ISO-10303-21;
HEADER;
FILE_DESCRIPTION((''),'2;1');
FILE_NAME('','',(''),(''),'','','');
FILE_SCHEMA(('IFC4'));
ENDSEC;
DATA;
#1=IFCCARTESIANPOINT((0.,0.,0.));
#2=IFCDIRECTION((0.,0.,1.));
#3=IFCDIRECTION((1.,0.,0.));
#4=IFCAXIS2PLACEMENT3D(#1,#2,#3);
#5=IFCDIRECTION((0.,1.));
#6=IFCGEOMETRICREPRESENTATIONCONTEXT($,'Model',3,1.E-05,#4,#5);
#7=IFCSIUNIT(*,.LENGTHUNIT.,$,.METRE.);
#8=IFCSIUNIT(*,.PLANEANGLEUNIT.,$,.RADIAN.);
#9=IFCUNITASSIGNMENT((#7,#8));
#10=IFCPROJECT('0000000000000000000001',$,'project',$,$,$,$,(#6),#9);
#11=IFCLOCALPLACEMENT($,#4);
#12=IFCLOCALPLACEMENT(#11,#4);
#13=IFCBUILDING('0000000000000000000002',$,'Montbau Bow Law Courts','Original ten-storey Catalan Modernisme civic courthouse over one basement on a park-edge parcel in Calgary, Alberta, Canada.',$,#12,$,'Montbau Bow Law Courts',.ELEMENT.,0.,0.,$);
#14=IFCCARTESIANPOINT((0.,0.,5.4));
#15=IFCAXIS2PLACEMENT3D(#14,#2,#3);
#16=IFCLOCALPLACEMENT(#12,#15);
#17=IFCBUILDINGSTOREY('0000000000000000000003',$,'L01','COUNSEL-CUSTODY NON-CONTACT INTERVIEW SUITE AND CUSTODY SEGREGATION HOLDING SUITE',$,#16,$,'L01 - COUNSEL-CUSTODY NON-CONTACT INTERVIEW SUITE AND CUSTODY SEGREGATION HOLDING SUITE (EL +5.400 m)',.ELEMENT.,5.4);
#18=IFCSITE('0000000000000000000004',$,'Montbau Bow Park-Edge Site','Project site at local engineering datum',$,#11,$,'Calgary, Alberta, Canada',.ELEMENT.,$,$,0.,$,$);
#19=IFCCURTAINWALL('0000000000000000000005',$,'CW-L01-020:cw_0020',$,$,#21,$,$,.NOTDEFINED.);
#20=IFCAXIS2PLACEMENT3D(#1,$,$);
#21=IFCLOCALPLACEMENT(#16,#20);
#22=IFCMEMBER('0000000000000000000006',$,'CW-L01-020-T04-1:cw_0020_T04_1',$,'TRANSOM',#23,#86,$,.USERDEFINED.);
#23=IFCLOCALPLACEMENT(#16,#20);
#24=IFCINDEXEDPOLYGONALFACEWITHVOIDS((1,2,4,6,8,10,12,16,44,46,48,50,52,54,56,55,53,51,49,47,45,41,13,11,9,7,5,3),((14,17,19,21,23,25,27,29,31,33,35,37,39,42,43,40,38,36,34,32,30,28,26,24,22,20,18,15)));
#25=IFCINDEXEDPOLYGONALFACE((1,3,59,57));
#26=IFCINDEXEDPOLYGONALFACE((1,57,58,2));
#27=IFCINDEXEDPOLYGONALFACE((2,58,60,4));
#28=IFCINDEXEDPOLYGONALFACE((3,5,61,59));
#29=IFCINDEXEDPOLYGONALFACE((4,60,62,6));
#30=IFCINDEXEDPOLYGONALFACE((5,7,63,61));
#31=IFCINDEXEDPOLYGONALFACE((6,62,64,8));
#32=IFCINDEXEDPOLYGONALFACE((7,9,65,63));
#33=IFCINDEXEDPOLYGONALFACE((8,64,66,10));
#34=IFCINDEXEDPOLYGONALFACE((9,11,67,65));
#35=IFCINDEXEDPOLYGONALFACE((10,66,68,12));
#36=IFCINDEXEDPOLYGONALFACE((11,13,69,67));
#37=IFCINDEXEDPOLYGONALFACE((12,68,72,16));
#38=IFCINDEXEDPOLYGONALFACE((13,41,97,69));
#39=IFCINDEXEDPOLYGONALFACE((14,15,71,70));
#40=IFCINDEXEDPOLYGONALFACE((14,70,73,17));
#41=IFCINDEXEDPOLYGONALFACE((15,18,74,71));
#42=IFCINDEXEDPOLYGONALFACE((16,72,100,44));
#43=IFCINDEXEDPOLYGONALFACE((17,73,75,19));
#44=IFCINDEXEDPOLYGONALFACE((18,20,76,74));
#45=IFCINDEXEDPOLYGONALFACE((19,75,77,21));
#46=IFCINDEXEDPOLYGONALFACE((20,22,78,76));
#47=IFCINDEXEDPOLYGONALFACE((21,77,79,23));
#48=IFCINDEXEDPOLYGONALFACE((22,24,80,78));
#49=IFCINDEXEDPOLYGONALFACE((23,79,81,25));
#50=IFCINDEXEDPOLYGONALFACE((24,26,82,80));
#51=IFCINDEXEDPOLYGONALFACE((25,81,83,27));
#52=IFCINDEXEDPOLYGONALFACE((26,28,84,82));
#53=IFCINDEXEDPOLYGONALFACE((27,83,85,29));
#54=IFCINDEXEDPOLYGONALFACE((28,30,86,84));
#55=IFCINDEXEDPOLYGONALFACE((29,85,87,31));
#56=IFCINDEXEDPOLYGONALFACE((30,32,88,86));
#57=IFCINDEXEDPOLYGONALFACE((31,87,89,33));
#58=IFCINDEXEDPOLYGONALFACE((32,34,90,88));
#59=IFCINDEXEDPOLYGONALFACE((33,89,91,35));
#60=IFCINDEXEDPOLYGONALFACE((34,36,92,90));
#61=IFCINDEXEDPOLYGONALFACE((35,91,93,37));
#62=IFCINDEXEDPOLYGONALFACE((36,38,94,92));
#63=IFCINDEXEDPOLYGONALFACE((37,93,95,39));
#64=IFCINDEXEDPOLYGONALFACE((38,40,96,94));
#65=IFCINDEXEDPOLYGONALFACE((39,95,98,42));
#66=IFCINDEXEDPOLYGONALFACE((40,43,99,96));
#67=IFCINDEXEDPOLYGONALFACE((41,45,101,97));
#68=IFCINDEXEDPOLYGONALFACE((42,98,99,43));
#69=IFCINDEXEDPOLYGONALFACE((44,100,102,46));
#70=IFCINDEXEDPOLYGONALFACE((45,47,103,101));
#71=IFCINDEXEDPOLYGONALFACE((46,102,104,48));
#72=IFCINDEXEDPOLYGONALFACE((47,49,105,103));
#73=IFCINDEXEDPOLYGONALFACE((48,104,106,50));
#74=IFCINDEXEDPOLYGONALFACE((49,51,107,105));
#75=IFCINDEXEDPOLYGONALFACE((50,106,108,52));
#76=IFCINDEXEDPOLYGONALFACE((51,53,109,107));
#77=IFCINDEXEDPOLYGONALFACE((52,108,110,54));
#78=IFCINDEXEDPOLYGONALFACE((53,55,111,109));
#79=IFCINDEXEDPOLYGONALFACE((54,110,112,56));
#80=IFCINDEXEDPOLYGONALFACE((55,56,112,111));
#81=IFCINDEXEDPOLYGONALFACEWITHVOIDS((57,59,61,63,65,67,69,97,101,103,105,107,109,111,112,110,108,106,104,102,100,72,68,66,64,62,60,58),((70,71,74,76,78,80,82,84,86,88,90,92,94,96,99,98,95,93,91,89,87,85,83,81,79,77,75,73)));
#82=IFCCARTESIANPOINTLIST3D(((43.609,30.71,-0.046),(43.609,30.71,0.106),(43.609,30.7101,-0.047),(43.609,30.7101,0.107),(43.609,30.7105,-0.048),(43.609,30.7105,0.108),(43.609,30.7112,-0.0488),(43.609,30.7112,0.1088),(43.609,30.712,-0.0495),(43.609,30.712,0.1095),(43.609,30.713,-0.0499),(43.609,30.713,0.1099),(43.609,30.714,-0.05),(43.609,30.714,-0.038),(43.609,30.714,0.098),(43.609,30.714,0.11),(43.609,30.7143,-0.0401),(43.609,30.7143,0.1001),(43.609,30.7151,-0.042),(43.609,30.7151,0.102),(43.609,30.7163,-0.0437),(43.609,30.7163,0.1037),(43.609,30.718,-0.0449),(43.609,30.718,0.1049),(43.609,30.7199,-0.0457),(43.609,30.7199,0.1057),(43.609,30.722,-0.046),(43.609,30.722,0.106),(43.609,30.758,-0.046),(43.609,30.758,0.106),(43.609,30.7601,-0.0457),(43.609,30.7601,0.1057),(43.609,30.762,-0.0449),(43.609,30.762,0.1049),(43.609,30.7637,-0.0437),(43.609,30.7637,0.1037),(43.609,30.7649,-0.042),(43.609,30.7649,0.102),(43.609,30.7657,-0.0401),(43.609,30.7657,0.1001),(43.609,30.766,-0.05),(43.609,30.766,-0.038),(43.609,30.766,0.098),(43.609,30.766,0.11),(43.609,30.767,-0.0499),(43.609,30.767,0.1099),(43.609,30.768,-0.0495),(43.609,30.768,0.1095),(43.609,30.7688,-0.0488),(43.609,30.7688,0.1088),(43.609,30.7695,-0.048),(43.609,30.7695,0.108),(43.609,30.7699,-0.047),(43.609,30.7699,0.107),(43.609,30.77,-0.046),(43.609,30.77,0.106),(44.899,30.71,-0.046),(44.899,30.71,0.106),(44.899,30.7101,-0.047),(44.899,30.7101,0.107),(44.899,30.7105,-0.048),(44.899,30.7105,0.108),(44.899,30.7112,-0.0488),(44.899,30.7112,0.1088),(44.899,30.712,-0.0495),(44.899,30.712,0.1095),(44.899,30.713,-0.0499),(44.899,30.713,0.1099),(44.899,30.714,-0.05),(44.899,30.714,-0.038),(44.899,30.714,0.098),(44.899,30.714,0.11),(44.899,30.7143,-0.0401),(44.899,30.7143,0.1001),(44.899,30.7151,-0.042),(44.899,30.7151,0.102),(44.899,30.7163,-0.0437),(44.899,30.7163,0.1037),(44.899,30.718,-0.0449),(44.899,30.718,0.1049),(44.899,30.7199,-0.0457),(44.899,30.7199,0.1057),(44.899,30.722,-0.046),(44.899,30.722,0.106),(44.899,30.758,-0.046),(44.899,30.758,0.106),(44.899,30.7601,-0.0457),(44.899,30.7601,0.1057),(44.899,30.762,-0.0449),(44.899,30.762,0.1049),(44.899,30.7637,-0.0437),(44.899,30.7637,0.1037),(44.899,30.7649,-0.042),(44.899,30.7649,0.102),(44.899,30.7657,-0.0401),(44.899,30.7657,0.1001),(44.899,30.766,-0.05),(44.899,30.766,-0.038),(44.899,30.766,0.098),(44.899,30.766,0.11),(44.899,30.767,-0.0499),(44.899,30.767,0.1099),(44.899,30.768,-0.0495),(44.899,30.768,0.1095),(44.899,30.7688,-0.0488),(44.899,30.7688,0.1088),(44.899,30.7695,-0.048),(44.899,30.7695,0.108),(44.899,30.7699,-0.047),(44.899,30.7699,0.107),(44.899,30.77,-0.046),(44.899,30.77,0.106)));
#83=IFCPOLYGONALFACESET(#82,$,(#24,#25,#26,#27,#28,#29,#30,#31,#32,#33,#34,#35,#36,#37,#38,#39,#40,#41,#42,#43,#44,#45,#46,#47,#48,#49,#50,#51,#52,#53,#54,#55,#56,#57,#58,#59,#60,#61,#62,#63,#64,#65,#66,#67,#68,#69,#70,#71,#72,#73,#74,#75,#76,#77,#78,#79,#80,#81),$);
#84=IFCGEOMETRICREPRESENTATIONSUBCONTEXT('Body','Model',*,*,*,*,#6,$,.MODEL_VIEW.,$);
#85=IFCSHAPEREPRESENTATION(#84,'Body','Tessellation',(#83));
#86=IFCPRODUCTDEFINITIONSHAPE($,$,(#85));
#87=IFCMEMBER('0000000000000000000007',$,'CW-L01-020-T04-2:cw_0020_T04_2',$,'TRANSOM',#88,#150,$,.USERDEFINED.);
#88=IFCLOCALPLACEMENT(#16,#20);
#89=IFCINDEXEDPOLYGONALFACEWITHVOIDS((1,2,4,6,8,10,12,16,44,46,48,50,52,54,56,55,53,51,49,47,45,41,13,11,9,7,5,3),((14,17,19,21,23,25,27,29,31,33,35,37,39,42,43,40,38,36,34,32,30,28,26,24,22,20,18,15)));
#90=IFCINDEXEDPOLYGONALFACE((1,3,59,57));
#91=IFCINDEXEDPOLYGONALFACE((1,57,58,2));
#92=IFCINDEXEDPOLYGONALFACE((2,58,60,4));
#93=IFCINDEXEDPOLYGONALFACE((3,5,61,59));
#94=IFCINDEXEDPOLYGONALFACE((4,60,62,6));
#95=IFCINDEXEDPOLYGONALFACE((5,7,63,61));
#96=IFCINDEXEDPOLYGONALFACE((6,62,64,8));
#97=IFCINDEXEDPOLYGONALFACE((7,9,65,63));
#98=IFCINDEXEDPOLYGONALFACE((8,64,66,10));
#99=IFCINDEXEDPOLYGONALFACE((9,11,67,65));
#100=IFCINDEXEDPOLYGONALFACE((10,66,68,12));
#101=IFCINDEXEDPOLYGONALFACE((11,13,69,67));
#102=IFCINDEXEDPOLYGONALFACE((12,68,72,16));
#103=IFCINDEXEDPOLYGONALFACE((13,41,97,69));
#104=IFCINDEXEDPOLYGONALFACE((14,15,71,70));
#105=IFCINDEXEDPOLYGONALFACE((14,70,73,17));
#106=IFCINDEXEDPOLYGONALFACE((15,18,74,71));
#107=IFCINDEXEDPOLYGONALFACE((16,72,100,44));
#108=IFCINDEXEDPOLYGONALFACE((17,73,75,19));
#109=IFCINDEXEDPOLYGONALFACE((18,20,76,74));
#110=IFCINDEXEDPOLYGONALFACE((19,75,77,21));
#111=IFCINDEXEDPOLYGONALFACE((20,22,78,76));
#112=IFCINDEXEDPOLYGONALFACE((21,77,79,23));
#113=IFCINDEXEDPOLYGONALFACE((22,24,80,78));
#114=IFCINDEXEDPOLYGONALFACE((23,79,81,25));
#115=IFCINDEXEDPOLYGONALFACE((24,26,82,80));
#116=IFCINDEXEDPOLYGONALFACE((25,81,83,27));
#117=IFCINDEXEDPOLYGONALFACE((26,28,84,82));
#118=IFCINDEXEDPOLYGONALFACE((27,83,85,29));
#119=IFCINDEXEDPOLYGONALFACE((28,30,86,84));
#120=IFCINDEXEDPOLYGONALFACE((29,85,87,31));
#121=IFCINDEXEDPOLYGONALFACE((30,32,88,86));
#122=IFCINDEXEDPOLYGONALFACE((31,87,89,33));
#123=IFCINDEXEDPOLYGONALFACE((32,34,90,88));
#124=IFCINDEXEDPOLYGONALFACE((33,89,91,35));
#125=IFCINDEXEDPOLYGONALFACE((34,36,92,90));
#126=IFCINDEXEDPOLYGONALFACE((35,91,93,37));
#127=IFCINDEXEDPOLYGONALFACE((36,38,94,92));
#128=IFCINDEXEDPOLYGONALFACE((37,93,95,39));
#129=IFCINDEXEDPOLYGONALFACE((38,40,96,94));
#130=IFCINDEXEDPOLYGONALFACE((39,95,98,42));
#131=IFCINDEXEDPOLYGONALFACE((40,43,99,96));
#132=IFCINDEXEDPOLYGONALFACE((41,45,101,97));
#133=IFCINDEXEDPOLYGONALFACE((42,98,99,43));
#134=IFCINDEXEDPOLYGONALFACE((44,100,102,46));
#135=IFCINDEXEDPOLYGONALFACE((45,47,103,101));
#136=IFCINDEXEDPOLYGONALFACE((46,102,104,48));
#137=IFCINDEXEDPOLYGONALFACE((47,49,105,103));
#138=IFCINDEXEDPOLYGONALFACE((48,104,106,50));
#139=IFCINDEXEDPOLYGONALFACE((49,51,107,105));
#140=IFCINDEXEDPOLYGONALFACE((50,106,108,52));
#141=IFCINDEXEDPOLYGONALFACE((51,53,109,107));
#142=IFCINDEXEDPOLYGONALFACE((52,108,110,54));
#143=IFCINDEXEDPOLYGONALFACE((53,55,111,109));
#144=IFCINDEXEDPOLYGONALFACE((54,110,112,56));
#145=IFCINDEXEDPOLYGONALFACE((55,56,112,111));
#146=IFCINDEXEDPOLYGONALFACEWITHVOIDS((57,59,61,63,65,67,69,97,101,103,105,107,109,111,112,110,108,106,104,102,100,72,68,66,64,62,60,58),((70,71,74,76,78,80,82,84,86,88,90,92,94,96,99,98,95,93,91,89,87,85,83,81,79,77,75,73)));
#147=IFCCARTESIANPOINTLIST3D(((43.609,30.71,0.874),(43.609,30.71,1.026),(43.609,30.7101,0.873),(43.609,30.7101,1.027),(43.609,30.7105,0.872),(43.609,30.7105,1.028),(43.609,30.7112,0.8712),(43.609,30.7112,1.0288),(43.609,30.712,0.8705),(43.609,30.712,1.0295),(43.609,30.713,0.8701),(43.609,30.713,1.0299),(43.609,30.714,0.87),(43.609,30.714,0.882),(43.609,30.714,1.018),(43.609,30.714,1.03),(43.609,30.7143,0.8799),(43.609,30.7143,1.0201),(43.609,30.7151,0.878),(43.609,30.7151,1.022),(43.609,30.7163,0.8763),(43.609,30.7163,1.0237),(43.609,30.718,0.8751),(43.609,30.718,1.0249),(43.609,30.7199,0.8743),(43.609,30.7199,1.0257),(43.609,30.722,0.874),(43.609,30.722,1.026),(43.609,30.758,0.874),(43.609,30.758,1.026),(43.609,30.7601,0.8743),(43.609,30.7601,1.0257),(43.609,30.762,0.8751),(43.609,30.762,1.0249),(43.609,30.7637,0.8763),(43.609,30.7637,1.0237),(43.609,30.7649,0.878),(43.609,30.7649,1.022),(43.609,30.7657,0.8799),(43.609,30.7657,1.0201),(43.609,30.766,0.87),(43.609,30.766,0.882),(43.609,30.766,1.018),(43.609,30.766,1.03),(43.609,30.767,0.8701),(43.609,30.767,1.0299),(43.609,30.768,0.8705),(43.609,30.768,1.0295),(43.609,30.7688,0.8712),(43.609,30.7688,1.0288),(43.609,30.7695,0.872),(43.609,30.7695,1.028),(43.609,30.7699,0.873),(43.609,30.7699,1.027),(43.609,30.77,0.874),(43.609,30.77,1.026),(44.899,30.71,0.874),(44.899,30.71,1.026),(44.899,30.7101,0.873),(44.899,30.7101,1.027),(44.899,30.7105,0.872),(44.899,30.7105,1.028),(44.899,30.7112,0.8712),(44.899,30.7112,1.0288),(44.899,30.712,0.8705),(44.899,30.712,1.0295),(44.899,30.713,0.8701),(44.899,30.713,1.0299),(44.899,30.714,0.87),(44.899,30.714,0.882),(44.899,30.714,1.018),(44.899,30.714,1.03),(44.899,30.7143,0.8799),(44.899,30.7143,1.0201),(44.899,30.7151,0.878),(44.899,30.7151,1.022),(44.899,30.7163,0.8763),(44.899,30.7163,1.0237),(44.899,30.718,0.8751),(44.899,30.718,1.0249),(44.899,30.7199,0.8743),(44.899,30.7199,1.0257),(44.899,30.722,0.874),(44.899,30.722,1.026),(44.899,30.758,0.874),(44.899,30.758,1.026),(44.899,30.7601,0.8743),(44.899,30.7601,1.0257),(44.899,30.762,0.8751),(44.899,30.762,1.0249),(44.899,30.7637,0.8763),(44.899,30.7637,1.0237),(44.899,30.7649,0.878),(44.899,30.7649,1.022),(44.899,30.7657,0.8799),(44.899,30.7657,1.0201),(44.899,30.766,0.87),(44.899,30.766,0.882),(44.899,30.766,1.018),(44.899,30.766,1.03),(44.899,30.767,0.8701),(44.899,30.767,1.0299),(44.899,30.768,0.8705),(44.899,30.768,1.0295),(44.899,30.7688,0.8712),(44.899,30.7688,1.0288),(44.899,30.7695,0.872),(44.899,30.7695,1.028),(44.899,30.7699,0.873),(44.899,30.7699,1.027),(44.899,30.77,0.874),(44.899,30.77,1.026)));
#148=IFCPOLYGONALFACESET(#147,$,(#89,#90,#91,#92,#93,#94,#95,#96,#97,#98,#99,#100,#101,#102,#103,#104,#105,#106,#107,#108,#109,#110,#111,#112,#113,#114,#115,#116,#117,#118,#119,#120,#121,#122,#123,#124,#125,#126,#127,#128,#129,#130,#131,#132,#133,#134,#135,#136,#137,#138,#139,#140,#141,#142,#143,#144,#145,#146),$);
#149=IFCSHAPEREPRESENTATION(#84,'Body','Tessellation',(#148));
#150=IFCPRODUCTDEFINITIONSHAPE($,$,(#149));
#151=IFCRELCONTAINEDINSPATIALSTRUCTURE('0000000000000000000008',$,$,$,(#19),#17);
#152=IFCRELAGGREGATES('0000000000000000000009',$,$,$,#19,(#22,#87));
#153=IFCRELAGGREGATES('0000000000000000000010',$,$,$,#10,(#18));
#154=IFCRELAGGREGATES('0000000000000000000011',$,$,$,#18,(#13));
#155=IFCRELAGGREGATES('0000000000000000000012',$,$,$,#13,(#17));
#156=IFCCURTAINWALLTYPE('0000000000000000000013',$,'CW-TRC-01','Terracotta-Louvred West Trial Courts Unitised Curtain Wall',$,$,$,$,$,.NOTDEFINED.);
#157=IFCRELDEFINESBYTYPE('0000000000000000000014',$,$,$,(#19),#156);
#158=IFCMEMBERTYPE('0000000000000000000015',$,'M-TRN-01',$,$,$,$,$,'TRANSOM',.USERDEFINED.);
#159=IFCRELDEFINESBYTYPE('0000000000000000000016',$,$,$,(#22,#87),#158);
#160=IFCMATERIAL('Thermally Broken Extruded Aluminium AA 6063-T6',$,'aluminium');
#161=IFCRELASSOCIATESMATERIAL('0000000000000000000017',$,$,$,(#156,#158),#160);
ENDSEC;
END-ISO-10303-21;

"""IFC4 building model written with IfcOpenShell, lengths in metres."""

from ifc_helpers import new_model, si_unit, direction, frame, origin_with_axes, origin_2d_with_axis, place, context, subcontext, project, spatial, hollow_rectangle, extrude, material, material_profile, profile_set, type_object, element, aggregate, save


model = new_model("IFC4")

# Units and contexts
model_context = context("Model", 3, precision=1e-05, world=origin_with_axes(), true_north=direction((0.0, 1.0)))
body_context = subcontext(model_context, "Body", "Model", "MODEL_VIEW")
ifc_project = project(units=[si_unit("LENGTHUNIT", "METRE"), si_unit("PLANEANGLEUNIT", "RADIAN")], contexts=[model_context])

# Site, building, storey
site_placement = place(None, origin_with_axes())
site = spatial("IfcSite", under=ifc_project, at=site_placement, Name="Montbau Bow Park-Edge Site", Description="Project site at local engineering datum", LongName="Calgary, Alberta, Canada", CompositionType="ELEMENT", RefElevation=0.0)
building_placement = place(site_placement, origin_with_axes())
building = spatial("IfcBuilding", under=site, at=building_placement, Name="Montbau Bow Law Courts", Description="Original ten-storey Catalan Modernisme civic courthouse over one basement on a park-edge parcel in Calgary, Alberta, Canada.", LongName="Montbau Bow Law Courts", CompositionType="ELEMENT", ElevationOfRefHeight=0.0, ElevationOfTerrain=0.0)
storey_placement = place(building_placement, frame((0.0, 0.0, 5.4), z_axis=(0.0, 0.0, 1.0), x_axis=(1.0, 0.0, 0.0)))
storey = spatial("IfcBuildingStorey", under=building, at=storey_placement, Name="L01", Description="COUNSEL-CUSTODY NON-CONTACT INTERVIEW SUITE AND CUSTODY SEGREGATION HOLDING SUITE", LongName="L01 - COUNSEL-CUSTODY NON-CONTACT INTERVIEW SUITE AND CUSTODY SEGREGATION HOLDING SUITE (EL +5.400 m)", CompositionType="ELEMENT", Elevation=5.4)

# Curtain wall
ifc_material_1 = material(Name="Thermally Broken Extruded Aluminium AA 6063-T6", Category="aluminium")
curtain_wall_type = type_object("IfcCurtainWallType", Name="CW-TRC-01", Description="Terracotta-Louvred West Trial Courts Unitised Curtain Wall", PredefinedType="NOTDEFINED", material=ifc_material_1)
curtain_wall_1_placement = place(None, frame((39.515, 30.74, 5.4), z_axis=(0.0, 0.0, 1.0), x_axis=(1.0, 0.0, 0.0)))
curtain_wall_1 = element("IfcCurtainWall", 1, at=curtain_wall_1_placement, inside=storey, type_object=curtain_wall_type, Name="CW-L01-020:cw_0020", PredefinedType="NOTDEFINED")

# Members
ifc_material_profile_1 = material_profile(ifc_material_1, hollow_rectangle(XDim=0.06, YDim=0.16, WallThickness=0.004, InnerFilletRadius=0.008, OuterFilletRadius=0.004, at=origin_2d_with_axis()), Name="CWT-160X60", Category="Main", Priority=0)
ifc_profile_set_1 = profile_set([ifc_material_profile_1], Name="Thermally Broken Extruded Aluminium AA 6063-T6")
member_type_1 = type_object("IfcMemberType", Name="M-TRN-01", ElementType="TRANSOM", PredefinedType="USERDEFINED", material=ifc_profile_set_1)
member_1_placement = place(None, frame((43.609, 30.74, 5.43), z_axis=(1.0, 0.0, 0.0), x_axis=(0.0, 1.0, 0.0)))
member_1 = element("IfcMember", 2, at=member_1_placement, type_object=member_type_1, Name="CW-L01-020-T04-1:cw_0020_T04_1", ObjectType="TRANSOM", PredefinedType="USERDEFINED", context=body_context, shape_type="SweptSolid", body=[
    extrude(hollow_rectangle(XDim=0.06, YDim=0.16, WallThickness=0.004, InnerFilletRadius=0.008, OuterFilletRadius=0.004, at=origin_2d_with_axis()), origin_with_axes(), (0.0, 0.0, 1.0), 1.29),
])
member_2_placement = place(None, frame((43.609, 30.74, 6.35), z_axis=(1.0, 0.0, 0.0), x_axis=(0.0, 1.0, 0.0)))
member_2 = element("IfcMember", 3, at=member_2_placement, type_object=member_type_1, Name="CW-L01-020-T04-2:cw_0020_T04_2", ObjectType="TRANSOM", PredefinedType="USERDEFINED", context=body_context, shape_type="SweptSolid", body=[
    extrude(hollow_rectangle(XDim=0.06, YDim=0.16, WallThickness=0.004, InnerFilletRadius=0.008, OuterFilletRadius=0.004, at=origin_2d_with_axis()), origin_with_axes(), (0.0, 0.0, 1.0), 1.29),
])

aggregate(curtain_wall_1, [member_1, member_2])

save(model, "model.ifc")
